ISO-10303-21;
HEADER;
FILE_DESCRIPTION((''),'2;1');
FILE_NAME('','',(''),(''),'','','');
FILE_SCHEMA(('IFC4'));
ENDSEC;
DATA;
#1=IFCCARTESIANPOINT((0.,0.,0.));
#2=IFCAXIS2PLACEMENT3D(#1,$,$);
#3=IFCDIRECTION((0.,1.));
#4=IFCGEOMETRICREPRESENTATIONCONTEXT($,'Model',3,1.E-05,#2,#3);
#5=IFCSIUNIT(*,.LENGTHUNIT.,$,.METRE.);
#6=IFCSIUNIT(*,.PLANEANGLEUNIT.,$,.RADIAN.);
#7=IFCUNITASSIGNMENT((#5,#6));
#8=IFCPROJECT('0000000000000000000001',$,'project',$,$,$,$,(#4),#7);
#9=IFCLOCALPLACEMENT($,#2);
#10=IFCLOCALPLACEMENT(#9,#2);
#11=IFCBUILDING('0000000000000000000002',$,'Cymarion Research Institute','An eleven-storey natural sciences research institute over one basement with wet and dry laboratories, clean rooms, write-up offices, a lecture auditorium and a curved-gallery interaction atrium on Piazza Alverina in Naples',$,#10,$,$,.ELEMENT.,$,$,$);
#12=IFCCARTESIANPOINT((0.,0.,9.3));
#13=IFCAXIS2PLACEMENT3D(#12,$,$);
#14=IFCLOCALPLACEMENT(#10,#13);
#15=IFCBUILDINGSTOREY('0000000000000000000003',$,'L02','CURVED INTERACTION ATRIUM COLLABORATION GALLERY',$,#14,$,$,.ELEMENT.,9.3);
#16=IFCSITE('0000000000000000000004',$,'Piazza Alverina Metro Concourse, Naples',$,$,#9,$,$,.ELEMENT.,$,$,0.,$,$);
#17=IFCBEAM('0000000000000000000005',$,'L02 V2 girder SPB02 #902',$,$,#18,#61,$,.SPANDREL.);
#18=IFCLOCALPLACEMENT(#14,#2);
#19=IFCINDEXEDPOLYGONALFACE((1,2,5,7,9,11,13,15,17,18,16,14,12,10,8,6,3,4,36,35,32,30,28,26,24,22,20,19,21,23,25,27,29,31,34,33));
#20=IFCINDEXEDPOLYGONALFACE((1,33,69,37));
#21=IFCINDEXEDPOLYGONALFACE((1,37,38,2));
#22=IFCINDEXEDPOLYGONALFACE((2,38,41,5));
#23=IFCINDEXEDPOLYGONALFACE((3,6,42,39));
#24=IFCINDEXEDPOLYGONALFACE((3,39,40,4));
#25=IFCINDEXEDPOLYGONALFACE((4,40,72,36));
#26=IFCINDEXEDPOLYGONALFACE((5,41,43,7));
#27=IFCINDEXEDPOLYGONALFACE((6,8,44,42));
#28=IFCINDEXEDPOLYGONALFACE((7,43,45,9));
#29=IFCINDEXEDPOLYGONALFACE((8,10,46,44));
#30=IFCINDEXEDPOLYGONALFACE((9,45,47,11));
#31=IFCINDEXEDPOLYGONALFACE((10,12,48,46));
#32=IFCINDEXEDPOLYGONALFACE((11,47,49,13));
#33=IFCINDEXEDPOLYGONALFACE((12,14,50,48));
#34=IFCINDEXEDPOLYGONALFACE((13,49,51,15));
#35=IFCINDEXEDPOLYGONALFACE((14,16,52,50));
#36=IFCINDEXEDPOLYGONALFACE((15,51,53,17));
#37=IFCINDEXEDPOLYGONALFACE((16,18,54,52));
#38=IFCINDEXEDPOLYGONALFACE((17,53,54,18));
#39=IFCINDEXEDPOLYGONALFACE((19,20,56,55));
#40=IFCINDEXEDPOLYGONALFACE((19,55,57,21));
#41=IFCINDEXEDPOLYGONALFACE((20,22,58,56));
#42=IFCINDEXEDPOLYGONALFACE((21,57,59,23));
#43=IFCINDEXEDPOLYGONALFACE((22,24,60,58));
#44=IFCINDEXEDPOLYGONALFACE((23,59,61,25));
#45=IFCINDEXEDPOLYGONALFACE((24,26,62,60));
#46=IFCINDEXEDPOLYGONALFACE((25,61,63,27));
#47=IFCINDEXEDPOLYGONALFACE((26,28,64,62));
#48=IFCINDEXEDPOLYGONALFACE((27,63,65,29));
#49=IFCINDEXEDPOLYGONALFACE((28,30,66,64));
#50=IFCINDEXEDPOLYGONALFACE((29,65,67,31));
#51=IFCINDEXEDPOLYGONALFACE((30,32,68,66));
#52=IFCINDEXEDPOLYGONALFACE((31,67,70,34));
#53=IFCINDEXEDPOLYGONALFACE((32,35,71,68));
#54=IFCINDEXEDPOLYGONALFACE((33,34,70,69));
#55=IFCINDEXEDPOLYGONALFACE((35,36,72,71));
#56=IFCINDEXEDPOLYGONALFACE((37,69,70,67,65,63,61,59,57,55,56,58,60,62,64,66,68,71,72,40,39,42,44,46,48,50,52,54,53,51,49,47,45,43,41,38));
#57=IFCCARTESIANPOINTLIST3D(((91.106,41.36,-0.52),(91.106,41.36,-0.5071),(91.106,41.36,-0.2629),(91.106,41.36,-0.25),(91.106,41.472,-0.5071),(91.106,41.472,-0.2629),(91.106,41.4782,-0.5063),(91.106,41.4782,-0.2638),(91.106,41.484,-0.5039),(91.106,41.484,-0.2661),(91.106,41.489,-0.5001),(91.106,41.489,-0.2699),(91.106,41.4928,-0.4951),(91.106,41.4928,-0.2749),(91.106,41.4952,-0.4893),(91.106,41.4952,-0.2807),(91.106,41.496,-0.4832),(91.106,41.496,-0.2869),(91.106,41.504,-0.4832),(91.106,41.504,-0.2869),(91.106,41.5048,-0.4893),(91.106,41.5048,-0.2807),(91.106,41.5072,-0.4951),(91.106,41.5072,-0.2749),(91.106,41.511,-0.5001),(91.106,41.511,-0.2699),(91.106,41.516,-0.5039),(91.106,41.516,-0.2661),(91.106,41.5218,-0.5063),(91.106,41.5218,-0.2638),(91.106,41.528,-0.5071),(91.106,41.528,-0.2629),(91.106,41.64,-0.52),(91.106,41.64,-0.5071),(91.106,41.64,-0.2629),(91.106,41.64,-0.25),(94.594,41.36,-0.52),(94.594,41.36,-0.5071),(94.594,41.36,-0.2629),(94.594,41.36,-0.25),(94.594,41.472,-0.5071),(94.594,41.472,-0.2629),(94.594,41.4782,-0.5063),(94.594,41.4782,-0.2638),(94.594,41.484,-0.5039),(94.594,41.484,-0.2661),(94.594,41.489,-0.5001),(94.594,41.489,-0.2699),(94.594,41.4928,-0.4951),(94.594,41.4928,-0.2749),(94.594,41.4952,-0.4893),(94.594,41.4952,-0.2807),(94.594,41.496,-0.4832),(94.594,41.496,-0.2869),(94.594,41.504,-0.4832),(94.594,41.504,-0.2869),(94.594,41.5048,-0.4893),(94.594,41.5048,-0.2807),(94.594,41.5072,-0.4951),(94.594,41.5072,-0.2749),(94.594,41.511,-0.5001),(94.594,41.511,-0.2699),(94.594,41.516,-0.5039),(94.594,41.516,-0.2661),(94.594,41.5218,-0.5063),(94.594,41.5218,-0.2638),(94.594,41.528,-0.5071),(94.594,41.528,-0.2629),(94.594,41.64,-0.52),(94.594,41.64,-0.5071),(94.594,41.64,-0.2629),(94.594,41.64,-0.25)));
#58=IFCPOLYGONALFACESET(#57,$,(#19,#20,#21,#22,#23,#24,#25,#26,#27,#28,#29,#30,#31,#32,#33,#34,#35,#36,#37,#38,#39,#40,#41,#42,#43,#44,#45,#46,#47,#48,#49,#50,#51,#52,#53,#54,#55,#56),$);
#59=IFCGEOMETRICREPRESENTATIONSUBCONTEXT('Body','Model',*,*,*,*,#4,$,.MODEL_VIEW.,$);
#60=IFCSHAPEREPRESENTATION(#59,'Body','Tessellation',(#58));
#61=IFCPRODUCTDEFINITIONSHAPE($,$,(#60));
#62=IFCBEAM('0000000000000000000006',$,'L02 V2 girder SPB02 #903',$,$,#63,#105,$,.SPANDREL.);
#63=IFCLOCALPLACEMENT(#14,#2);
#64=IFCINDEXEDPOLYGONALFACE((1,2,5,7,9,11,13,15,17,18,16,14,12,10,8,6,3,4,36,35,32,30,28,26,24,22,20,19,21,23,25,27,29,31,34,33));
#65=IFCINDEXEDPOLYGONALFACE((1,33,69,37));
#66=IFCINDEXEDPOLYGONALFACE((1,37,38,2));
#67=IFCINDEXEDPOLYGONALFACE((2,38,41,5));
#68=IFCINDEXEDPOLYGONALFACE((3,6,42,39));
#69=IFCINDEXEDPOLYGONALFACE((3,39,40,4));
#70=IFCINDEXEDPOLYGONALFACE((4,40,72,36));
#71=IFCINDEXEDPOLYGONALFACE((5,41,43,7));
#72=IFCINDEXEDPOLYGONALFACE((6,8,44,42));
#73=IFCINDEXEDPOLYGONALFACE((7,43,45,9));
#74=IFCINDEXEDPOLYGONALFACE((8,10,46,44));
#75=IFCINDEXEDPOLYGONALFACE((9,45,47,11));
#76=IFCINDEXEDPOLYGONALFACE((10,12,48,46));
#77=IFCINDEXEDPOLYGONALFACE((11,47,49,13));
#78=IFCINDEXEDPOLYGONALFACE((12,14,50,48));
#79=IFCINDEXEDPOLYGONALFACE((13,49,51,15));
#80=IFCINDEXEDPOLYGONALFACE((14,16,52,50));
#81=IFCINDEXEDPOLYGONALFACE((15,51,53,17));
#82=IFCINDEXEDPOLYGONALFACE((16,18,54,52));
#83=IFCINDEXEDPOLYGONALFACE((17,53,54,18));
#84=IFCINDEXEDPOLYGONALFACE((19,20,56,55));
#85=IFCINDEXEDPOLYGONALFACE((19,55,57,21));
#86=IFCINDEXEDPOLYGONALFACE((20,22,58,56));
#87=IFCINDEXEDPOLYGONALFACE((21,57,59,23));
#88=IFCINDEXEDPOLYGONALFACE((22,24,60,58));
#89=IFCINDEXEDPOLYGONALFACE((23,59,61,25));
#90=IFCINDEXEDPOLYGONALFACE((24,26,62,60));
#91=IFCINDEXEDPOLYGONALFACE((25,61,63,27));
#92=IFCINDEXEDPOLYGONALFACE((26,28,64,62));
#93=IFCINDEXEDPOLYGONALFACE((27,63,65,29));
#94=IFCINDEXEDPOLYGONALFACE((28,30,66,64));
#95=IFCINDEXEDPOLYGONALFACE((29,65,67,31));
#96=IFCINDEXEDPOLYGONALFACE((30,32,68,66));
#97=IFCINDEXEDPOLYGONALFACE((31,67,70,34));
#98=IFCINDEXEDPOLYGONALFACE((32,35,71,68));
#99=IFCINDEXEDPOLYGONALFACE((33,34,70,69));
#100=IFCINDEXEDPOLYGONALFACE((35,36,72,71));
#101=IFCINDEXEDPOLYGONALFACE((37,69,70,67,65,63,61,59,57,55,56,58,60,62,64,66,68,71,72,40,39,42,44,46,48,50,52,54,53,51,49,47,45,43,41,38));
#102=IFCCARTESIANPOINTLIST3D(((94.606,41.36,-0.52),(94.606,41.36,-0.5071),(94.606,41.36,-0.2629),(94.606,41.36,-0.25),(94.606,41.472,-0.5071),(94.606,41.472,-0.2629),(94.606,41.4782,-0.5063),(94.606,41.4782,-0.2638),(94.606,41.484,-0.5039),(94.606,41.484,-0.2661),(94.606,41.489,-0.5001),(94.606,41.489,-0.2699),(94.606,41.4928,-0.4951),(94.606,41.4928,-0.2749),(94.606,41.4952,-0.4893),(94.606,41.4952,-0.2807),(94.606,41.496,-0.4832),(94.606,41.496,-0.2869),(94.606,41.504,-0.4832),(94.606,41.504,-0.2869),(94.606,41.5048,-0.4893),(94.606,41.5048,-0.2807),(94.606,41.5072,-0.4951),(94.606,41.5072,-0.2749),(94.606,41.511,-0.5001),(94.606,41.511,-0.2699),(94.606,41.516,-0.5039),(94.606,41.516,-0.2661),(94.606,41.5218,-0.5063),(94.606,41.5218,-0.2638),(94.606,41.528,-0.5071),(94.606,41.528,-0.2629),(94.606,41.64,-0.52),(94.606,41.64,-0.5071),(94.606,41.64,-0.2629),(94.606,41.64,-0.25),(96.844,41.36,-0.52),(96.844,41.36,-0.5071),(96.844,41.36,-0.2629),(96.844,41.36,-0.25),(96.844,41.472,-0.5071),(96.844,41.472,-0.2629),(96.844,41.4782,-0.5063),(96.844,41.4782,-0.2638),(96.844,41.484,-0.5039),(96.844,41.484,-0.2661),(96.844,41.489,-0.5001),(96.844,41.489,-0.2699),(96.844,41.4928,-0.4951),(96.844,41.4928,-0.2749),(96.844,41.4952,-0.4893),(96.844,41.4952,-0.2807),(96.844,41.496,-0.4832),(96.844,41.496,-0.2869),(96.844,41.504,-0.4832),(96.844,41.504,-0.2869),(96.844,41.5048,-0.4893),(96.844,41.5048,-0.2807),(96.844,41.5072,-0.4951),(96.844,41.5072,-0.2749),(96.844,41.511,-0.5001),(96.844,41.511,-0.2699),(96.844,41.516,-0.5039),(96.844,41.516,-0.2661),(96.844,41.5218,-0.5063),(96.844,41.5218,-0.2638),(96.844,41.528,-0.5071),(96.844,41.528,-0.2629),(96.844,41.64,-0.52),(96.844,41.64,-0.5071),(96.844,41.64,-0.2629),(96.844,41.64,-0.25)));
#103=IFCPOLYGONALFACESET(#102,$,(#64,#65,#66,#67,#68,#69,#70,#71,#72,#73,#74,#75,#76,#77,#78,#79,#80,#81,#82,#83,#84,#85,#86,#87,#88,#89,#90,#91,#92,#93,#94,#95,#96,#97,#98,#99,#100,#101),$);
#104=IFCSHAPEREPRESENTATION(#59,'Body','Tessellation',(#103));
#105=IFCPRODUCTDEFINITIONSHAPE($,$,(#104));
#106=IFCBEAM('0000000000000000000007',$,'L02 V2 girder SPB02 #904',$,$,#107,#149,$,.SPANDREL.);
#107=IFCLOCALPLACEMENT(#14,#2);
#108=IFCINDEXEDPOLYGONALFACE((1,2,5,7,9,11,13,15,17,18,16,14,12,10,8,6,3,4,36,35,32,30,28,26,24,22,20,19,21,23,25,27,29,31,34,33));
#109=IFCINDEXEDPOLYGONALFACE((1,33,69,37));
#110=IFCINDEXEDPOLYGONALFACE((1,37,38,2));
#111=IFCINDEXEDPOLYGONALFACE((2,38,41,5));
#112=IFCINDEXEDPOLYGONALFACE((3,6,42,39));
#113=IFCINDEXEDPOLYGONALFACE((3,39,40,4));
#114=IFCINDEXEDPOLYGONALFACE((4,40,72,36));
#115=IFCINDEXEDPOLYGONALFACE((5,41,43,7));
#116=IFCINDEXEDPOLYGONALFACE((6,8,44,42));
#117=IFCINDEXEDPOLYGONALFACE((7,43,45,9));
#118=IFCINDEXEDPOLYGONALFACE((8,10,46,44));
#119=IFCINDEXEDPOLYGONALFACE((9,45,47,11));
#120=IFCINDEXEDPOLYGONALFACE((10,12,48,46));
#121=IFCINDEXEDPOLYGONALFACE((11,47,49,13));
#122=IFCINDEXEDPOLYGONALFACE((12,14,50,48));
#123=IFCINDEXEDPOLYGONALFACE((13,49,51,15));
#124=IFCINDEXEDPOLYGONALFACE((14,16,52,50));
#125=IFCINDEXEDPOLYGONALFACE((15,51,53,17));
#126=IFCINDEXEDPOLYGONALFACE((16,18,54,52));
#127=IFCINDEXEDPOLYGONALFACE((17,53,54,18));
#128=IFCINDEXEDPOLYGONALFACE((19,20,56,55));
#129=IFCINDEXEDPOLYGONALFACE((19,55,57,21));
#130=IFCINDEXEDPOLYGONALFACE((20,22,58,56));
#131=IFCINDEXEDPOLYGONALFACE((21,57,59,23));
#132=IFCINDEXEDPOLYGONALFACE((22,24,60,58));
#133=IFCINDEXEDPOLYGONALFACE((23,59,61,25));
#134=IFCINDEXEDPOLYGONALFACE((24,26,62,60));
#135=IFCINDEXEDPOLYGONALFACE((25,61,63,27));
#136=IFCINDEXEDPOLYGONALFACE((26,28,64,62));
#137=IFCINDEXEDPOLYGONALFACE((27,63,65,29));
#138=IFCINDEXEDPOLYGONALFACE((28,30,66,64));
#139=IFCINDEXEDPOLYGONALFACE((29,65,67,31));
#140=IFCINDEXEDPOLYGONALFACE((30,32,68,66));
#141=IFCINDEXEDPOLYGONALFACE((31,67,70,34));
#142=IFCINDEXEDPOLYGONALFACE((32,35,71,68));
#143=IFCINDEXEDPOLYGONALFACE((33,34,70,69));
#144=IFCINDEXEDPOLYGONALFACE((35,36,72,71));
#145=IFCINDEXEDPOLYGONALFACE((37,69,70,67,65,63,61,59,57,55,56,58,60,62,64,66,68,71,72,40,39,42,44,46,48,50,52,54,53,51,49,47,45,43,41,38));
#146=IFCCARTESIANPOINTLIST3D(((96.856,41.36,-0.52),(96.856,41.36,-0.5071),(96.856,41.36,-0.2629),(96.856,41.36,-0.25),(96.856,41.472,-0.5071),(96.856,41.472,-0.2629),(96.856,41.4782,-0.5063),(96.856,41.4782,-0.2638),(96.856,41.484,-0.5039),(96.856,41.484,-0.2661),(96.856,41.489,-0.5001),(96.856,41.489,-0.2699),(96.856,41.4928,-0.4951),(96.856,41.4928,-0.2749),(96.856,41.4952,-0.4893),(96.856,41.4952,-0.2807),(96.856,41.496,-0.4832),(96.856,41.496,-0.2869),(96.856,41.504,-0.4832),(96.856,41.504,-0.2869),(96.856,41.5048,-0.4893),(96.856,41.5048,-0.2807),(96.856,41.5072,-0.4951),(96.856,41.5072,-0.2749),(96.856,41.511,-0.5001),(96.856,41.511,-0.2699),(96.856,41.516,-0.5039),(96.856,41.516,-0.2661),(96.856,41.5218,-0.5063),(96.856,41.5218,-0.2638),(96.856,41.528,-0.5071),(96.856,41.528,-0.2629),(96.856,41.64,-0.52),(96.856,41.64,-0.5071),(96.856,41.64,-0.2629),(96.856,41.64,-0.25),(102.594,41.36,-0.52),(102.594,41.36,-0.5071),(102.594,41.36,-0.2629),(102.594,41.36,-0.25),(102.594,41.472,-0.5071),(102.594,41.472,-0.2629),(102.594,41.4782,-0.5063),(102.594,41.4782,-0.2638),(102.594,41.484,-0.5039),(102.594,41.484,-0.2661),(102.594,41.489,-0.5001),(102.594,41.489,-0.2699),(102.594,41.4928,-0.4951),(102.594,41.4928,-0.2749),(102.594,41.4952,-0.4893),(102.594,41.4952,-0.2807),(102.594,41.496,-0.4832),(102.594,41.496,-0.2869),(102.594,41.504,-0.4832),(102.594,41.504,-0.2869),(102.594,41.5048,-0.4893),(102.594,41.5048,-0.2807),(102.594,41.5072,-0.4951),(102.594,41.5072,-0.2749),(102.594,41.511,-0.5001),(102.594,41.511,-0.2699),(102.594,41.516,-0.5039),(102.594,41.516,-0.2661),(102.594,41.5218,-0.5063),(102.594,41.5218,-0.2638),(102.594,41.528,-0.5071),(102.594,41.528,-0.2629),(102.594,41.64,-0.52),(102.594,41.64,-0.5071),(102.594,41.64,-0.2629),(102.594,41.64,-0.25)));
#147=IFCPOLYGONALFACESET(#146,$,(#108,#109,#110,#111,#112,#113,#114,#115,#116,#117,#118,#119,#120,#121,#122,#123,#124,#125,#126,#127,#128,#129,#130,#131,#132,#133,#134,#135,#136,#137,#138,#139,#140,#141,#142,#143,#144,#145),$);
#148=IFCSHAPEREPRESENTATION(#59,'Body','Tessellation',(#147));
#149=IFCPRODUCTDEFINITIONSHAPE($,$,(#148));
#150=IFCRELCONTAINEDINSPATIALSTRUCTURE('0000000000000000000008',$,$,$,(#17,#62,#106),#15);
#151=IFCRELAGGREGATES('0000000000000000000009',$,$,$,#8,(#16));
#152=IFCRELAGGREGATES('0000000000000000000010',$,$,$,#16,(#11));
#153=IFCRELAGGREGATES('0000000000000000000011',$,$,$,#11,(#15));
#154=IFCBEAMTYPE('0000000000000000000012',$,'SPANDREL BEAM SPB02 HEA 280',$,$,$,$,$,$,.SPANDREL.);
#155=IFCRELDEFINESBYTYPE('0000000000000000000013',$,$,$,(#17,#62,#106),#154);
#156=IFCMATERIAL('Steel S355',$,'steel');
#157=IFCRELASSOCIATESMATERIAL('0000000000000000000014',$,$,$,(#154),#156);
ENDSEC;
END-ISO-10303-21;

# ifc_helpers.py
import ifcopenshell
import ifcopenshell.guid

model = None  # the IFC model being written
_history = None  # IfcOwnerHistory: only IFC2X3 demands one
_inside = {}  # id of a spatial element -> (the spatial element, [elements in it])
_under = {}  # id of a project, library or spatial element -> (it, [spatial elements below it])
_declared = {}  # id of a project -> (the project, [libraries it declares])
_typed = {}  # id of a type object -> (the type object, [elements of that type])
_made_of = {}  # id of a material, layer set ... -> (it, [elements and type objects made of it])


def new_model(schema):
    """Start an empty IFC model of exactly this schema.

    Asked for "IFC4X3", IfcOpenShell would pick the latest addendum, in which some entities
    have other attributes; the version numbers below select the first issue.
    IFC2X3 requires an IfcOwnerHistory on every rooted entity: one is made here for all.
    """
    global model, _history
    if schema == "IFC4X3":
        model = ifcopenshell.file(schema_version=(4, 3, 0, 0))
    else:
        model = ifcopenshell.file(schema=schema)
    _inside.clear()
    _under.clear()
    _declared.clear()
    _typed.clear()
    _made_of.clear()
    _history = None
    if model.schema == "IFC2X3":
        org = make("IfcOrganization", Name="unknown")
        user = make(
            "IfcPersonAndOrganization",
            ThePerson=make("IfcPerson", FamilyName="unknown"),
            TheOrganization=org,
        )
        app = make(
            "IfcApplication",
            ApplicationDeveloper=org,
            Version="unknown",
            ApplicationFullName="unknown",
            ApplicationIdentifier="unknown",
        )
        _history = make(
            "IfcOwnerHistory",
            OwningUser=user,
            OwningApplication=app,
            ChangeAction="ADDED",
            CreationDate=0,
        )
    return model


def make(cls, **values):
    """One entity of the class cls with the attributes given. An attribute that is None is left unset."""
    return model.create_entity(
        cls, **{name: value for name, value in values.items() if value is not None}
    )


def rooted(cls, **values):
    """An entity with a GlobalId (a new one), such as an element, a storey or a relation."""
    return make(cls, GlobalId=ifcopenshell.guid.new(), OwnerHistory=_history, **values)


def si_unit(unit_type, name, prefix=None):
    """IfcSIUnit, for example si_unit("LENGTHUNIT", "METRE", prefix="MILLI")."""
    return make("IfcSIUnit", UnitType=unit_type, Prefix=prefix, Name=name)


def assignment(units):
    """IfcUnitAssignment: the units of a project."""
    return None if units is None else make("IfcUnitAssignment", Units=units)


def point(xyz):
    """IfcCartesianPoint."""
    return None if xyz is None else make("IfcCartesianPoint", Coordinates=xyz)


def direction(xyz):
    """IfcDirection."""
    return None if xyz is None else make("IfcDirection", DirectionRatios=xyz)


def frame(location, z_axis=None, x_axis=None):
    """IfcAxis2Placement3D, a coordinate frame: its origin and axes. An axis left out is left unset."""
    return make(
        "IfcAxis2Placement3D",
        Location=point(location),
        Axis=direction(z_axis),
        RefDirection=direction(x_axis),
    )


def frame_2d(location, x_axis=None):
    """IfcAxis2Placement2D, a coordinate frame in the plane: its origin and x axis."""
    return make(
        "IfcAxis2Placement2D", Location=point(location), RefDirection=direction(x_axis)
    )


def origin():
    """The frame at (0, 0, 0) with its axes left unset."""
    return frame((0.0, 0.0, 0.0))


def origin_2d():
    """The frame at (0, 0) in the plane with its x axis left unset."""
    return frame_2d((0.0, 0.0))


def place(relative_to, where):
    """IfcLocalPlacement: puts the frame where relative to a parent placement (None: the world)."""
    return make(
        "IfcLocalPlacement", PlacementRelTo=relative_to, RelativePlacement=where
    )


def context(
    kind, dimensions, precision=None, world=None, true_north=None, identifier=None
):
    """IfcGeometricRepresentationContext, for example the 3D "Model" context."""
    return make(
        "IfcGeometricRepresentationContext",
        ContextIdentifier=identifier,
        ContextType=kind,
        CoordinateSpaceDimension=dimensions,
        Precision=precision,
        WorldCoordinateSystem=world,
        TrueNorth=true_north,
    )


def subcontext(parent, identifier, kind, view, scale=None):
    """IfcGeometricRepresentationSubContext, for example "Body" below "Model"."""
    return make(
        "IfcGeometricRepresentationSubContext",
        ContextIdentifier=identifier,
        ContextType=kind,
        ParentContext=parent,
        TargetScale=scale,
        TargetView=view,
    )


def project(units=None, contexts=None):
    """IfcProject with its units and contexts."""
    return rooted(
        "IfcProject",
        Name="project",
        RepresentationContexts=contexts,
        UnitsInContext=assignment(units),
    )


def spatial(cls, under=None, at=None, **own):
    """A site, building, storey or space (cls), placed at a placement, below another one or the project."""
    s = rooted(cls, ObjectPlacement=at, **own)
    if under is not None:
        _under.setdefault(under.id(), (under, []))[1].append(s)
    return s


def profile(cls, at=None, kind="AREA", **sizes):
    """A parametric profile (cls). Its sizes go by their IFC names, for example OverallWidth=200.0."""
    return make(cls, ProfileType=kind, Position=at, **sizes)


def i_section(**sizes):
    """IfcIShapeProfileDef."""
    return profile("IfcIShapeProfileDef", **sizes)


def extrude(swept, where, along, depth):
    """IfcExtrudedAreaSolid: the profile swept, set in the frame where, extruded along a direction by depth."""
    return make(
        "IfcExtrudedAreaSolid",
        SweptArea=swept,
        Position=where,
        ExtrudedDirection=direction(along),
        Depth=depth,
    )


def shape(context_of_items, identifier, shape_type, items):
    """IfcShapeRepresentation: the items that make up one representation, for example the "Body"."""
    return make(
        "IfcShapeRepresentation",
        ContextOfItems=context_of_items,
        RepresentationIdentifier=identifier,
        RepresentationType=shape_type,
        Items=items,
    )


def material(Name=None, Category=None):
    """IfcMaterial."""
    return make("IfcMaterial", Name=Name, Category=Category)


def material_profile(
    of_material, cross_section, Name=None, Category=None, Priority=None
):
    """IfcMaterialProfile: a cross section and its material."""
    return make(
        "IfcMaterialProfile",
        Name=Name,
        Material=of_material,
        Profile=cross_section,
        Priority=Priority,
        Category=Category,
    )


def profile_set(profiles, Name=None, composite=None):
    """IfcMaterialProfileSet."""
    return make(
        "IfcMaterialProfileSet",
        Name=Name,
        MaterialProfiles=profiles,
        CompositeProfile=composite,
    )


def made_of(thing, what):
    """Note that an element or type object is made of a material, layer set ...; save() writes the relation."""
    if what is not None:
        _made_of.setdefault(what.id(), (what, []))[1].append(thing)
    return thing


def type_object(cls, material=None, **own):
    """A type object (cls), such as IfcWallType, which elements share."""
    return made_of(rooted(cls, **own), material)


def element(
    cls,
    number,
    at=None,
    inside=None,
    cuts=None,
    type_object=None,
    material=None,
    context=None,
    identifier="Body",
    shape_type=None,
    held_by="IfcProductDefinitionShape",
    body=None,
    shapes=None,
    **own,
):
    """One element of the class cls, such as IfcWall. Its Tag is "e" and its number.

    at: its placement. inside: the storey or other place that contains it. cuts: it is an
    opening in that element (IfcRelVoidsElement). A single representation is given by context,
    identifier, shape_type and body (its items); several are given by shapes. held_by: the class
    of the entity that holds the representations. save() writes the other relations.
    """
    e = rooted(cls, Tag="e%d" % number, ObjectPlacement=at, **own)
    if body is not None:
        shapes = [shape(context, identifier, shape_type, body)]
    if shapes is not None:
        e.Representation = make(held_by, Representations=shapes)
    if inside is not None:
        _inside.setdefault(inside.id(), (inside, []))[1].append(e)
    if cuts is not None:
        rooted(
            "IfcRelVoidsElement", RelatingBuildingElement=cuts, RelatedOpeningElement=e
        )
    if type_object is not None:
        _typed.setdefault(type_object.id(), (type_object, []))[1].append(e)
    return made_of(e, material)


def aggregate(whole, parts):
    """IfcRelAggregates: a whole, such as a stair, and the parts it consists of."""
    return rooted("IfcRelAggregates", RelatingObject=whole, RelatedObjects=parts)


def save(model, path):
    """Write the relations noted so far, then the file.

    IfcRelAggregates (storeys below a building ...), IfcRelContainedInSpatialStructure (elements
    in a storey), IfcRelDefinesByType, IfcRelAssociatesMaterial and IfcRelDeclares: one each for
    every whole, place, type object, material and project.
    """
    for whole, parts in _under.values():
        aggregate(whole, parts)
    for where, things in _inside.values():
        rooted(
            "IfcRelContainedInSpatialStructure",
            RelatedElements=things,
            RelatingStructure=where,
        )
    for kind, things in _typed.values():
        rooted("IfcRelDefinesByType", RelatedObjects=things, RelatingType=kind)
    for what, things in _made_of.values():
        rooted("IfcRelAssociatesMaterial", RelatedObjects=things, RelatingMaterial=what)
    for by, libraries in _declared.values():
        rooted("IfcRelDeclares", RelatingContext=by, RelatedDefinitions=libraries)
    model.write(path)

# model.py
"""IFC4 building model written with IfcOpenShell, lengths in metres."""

from ifc_helpers import new_model, si_unit, direction, frame, origin, origin_2d, place, context, subcontext, project, spatial, i_section, extrude, material, material_profile, profile_set, type_object, element, save


model = new_model("IFC4")

# Units and contexts
model_context = context("Model", 3, precision=1e-05, world=origin(), true_north=direction((0.0, 1.0)))
body_context = subcontext(model_context, "Body", "Model", "MODEL_VIEW")
ifc_project = project(units=[si_unit("LENGTHUNIT", "METRE"), si_unit("PLANEANGLEUNIT", "RADIAN")], contexts=[model_context])

# Site, building, storey
site_placement = place(None, origin())
site = spatial("IfcSite", under=ifc_project, at=site_placement, Name="Piazza Alverina Metro Concourse, Naples", CompositionType="ELEMENT", RefElevation=0.0)
building_placement = place(site_placement, origin())
building = spatial("IfcBuilding", under=site, at=building_placement, Name="Cymarion Research Institute", Description="An eleven-storey natural sciences research institute over one basement with wet and dry laboratories, clean rooms, write-up offices, a lecture auditorium and a curved-gallery interaction atrium on Piazza Alverina in Naples", CompositionType="ELEMENT")
storey_placement = place(building_placement, frame((0.0, 0.0, 9.3)))
storey = spatial("IfcBuildingStorey", under=building, at=storey_placement, Name="L02", Description="CURVED INTERACTION ATRIUM COLLABORATION GALLERY", CompositionType="ELEMENT", Elevation=9.3)

# Shared definitions
ifc_material_1 = material(Name="Steel S355", Category="steel")

# Beams
ifc_material_profile_1 = material_profile(ifc_material_1, i_section(OverallWidth=0.28, OverallDepth=0.27, WebThickness=0.0081, FlangeThickness=0.0129, FilletRadius=0.0239, at=origin_2d()), Name="HEA 280")
ifc_profile_set_1 = profile_set([ifc_material_profile_1], Name="Steel S355")
beam_type = type_object("IfcBeamType", Name="SPANDREL BEAM SPB02 HEA 280", PredefinedType="SPANDREL", material=ifc_profile_set_1)
beam_1_placement = place(storey_placement, frame((91.106, 41.5, -0.385), z_axis=(1.0, 0.0, 0.0), x_axis=(0.0, 1.0, 0.0)))
element("IfcBeam", 1, at=beam_1_placement, inside=storey, type_object=beam_type, Name="L02 V2 girder SPB02 #902", PredefinedType="SPANDREL", context=body_context, shape_type="SweptSolid", body=[
    extrude(i_section(OverallWidth=0.28, OverallDepth=0.27, WebThickness=0.0081, FlangeThickness=0.0129, FilletRadius=0.0239, at=origin_2d()), origin(), (0.0, 0.0, 1.0), 3.488),
])
beam_2_placement = place(storey_placement, frame((94.606, 41.5, -0.385), z_axis=(1.0, 0.0, 0.0), x_axis=(0.0, 1.0, 0.0)))
element("IfcBeam", 2, at=beam_2_placement, inside=storey, type_object=beam_type, Name="L02 V2 girder SPB02 #903", PredefinedType="SPANDREL", context=body_context, shape_type="SweptSolid", body=[
    extrude(i_section(OverallWidth=0.28, OverallDepth=0.27, WebThickness=0.0081, FlangeThickness=0.0129, FilletRadius=0.0239, at=origin_2d()), origin(), (0.0, 0.0, 1.0), 2.238),
])
beam_3_placement = place(storey_placement, frame((96.856, 41.5, -0.385), z_axis=(1.0, 0.0, 0.0), x_axis=(0.0, 1.0, 0.0)))
element("IfcBeam", 3, at=beam_3_placement, inside=storey, type_object=beam_type, Name="L02 V2 girder SPB02 #904", PredefinedType="SPANDREL", context=body_context, shape_type="SweptSolid", body=[
    extrude(i_section(OverallWidth=0.28, OverallDepth=0.27, WebThickness=0.0081, FlangeThickness=0.0129, FilletRadius=0.0239, at=origin_2d()), origin(), (0.0, 0.0, 1.0), 5.738),
])

save(model, "model.ifc")
